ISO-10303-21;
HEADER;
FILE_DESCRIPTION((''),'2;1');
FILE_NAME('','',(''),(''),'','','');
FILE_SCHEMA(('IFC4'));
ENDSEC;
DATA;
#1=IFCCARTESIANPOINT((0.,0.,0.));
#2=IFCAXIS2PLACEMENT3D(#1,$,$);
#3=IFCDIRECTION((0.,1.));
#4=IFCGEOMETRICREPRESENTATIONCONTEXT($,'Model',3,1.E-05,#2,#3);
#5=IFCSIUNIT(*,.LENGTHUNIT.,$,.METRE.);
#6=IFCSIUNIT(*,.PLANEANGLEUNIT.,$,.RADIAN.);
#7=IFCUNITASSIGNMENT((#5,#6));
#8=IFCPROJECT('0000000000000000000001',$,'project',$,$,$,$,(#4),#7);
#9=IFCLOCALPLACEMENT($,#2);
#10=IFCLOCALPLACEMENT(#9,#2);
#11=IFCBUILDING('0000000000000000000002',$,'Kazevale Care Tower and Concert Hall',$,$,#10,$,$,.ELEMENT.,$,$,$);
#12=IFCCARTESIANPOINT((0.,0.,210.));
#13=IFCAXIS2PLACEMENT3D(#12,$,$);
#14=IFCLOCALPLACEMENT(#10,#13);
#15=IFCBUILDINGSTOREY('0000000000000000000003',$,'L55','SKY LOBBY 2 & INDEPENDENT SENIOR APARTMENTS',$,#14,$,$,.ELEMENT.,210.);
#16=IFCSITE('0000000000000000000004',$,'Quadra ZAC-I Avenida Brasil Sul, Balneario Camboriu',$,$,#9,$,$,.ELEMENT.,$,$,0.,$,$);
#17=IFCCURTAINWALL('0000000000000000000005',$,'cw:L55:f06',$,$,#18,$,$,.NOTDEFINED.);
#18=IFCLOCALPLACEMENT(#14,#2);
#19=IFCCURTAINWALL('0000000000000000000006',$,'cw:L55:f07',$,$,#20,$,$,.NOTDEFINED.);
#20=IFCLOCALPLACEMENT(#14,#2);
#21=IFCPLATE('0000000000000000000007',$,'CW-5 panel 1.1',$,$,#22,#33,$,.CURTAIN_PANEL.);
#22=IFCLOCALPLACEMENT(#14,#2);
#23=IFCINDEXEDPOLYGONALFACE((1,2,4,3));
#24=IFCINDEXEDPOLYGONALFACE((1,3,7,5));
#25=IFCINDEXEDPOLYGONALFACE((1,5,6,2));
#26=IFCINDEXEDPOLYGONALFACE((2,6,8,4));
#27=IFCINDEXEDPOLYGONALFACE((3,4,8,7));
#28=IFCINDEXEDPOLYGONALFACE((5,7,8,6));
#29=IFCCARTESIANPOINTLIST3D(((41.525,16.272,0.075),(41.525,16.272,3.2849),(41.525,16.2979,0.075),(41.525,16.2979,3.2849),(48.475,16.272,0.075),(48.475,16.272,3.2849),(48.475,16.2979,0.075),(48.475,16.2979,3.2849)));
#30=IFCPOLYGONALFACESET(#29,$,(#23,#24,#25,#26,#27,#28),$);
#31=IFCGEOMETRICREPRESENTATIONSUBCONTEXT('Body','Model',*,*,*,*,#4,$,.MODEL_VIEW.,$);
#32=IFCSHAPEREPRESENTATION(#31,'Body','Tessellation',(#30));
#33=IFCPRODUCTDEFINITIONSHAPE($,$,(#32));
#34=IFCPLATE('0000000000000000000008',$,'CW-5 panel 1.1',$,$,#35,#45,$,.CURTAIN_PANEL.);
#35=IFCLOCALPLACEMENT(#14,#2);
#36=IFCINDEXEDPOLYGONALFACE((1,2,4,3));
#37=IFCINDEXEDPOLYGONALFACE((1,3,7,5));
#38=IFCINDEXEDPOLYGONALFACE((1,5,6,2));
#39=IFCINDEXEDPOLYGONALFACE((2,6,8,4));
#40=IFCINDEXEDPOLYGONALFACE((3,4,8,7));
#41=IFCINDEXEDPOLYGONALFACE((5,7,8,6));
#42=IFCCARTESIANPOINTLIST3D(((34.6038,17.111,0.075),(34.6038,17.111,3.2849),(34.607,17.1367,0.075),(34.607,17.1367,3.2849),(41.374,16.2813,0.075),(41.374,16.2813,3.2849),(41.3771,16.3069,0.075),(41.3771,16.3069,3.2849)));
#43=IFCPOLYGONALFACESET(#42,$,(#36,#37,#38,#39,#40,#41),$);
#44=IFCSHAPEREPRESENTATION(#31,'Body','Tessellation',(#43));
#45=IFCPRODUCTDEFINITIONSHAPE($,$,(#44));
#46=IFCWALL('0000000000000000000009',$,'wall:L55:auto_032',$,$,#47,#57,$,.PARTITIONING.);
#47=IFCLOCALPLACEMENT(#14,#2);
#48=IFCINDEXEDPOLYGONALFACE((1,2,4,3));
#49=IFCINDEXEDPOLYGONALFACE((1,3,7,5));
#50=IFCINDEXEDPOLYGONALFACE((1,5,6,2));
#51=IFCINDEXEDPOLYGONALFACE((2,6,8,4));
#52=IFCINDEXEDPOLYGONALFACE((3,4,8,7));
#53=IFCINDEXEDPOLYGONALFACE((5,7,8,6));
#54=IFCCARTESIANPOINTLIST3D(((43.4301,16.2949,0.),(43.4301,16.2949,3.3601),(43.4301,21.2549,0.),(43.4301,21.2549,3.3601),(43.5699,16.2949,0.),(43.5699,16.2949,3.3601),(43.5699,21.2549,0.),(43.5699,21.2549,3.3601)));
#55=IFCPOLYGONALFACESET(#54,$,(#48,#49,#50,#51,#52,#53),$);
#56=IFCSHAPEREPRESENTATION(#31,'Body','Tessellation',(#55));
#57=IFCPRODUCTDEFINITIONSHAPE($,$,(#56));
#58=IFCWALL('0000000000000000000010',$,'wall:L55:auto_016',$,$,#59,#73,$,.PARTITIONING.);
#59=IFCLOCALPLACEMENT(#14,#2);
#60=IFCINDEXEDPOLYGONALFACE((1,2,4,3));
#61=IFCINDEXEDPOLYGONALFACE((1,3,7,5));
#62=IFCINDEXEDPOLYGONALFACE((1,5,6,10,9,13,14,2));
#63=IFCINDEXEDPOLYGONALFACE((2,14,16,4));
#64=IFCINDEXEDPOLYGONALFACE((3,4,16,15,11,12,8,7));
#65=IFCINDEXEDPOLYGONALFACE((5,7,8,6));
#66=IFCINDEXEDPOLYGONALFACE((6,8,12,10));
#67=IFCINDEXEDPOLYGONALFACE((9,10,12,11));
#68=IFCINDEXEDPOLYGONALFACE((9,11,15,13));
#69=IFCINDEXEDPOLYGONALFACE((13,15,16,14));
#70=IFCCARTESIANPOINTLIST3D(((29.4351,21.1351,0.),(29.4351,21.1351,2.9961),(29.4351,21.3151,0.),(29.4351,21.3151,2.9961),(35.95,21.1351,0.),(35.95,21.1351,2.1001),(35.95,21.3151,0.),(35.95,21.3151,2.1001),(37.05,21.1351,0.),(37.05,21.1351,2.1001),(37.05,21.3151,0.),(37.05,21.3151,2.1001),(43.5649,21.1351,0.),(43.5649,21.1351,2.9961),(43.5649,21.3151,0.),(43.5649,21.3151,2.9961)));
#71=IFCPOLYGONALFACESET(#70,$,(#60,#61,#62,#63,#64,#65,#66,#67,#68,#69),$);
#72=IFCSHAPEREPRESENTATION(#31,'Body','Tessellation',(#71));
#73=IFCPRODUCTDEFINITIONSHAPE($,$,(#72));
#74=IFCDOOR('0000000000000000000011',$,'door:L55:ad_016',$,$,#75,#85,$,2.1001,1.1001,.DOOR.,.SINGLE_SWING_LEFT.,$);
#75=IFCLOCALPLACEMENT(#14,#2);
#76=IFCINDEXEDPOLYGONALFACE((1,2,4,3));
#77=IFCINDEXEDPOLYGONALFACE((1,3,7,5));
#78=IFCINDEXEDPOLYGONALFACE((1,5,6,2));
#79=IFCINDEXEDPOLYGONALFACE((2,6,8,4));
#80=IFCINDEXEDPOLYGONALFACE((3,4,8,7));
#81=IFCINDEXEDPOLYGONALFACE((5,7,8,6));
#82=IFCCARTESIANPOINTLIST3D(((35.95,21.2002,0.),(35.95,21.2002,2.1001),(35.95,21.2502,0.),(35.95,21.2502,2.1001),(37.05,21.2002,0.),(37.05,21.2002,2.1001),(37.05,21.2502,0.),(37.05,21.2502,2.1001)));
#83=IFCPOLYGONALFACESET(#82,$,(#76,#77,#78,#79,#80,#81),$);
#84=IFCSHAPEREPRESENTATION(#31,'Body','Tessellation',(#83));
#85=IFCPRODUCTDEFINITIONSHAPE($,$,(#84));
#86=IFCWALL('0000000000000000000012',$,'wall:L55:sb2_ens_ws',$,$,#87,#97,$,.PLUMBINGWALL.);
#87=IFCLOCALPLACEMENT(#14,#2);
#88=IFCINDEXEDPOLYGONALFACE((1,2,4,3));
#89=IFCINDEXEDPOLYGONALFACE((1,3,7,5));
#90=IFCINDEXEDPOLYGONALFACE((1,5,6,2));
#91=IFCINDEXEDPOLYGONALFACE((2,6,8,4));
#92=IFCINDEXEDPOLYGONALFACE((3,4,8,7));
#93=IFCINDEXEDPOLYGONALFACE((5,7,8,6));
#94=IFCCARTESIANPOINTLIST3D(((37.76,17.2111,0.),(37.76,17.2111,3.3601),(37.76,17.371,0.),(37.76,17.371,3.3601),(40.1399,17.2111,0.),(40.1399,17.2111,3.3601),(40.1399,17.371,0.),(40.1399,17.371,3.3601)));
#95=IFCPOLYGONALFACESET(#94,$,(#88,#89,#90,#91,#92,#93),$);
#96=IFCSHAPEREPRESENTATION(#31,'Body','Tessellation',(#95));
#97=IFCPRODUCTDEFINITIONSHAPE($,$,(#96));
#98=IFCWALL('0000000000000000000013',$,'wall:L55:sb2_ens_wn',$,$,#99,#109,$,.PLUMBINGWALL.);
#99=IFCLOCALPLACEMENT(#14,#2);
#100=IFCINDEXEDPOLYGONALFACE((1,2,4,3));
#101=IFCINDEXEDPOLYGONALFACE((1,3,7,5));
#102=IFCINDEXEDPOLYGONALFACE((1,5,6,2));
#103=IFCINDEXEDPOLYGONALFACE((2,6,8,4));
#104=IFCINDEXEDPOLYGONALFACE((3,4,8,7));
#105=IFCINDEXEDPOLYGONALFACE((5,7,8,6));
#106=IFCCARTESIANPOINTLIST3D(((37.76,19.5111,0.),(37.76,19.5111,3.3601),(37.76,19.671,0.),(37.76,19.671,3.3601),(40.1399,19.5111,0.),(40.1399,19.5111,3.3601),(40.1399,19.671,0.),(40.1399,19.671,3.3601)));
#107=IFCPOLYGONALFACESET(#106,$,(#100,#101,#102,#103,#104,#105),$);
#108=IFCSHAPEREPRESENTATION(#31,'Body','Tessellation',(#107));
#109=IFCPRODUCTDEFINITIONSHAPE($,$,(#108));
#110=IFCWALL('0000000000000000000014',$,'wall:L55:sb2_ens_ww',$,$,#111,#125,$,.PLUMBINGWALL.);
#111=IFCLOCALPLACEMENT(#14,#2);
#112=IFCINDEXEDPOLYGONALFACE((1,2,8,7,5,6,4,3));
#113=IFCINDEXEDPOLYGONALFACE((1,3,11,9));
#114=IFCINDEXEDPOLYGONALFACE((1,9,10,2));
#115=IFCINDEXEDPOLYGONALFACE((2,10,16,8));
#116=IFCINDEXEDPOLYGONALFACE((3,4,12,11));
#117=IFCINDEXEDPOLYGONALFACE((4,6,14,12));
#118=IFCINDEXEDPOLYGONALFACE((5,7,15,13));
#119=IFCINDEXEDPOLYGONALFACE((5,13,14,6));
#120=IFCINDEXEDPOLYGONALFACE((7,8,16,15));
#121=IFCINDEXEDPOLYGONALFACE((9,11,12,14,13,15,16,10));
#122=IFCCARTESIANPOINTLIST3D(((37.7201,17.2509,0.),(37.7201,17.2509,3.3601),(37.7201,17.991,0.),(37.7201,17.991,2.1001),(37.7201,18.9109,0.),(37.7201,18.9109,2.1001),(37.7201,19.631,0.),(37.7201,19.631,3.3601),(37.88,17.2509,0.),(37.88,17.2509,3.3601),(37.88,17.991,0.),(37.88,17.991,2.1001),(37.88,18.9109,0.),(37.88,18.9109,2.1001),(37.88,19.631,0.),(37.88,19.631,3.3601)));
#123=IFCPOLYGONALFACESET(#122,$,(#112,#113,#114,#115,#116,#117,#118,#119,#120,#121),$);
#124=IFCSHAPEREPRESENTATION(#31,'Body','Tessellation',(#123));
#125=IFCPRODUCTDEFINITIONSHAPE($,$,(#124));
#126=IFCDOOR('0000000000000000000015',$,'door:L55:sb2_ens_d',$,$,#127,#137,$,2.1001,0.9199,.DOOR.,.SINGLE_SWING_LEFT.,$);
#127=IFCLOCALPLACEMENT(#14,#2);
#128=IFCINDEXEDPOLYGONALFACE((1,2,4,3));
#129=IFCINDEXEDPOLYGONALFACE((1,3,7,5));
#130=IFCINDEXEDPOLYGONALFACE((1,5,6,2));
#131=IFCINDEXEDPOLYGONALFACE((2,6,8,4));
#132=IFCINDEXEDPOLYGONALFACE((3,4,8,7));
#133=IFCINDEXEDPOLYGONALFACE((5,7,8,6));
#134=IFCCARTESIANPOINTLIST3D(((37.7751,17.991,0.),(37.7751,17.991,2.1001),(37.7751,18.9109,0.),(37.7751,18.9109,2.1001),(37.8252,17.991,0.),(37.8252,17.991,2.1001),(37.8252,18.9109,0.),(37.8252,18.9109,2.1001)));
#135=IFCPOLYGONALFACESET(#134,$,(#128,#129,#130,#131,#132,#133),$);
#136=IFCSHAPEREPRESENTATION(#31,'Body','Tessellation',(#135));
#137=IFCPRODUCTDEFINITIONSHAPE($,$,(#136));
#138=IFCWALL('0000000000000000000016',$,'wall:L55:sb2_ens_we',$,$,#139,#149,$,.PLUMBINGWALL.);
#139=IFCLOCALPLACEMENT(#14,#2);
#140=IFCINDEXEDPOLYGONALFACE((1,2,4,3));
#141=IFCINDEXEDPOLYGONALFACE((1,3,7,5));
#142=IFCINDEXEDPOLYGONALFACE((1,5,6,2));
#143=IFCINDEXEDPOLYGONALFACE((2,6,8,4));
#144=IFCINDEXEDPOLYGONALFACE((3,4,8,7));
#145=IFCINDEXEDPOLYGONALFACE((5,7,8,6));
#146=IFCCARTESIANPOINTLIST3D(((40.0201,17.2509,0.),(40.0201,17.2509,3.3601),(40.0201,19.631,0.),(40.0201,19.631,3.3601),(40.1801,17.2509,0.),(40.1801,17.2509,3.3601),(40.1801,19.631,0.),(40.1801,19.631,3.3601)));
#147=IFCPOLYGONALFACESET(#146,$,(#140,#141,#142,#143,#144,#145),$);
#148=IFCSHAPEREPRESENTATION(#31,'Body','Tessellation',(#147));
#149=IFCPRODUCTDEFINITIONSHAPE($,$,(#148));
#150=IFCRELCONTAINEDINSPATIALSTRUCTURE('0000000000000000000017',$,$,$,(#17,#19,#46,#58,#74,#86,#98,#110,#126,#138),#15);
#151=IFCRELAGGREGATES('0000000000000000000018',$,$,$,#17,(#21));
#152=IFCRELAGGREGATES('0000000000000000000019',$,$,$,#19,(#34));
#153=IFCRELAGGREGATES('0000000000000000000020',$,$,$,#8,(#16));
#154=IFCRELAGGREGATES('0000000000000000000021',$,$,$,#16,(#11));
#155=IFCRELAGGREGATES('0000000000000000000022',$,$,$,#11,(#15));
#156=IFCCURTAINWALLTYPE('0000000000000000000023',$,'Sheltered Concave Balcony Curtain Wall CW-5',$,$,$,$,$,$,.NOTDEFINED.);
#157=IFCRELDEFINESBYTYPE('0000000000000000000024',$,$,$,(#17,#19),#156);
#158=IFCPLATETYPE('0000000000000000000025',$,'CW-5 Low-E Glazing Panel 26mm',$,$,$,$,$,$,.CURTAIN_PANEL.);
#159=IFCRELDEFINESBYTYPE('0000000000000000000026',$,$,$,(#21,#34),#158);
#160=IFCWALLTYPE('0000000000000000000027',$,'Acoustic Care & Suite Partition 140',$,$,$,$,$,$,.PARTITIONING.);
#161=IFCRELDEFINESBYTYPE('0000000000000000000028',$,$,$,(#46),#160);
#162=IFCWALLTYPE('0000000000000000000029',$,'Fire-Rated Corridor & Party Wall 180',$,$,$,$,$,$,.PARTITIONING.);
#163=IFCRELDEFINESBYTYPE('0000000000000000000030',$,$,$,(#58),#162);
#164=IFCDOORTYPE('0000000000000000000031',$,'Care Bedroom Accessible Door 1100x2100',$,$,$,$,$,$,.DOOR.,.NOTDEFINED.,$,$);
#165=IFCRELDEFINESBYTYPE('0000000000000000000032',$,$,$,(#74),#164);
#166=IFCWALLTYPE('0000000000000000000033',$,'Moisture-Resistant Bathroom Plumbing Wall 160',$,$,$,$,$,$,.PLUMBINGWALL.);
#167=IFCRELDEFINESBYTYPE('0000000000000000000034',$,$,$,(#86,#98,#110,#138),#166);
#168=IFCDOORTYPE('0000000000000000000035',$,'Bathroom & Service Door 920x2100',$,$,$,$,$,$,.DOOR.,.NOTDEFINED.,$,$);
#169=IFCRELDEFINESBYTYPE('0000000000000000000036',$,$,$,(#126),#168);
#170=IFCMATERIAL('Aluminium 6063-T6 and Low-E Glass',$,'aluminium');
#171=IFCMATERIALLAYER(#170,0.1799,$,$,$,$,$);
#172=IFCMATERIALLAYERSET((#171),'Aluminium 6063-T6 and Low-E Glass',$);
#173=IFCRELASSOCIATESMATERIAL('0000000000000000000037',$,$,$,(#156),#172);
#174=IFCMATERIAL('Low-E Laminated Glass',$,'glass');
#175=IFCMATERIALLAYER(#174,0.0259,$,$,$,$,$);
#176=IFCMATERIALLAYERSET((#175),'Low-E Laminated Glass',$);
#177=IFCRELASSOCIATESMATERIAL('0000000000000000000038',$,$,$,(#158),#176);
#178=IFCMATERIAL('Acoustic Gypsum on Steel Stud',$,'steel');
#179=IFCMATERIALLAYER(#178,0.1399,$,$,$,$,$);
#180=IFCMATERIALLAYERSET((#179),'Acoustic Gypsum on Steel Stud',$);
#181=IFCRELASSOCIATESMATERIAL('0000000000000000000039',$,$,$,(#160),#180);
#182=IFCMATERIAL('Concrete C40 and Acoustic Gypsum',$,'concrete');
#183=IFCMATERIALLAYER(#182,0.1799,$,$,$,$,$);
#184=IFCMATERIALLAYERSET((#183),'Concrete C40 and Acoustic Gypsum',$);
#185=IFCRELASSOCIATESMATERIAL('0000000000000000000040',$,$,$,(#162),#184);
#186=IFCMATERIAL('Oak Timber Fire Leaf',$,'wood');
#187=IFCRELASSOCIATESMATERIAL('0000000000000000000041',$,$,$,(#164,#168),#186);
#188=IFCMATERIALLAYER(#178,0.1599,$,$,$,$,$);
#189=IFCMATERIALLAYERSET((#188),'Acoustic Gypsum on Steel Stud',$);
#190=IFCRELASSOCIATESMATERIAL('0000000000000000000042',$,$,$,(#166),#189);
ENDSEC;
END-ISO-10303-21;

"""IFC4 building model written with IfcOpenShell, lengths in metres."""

from ifc_helpers import new_model, si_unit, direction, frame, frame_2d, origin, origin_2d, place, context, subcontext, project, spatial, rectangle, extrude, material, layer, layer_set, type_object, element, fill, aggregate, save


model = new_model("IFC4")

# Units and contexts
model_context = context("Model", 3, precision=1e-05, world=origin(), true_north=direction((0.0, 1.0)))
body_context = subcontext(model_context, "Body", "Model", "MODEL_VIEW")
ifc_project = project(units=[si_unit("LENGTHUNIT", "METRE"), si_unit("PLANEANGLEUNIT", "RADIAN")], contexts=[model_context])

# Site, building, storey
site_placement = place(None, origin())
site = spatial("IfcSite", under=ifc_project, at=site_placement, Name="Quadra ZAC-I Avenida Brasil Sul, Balneario Camboriu", CompositionType="ELEMENT", RefElevation=0.0)
building_placement = place(site_placement, origin())
building = spatial("IfcBuilding", under=site, at=building_placement, Name="Kazevale Care Tower and Concert Hall", CompositionType="ELEMENT")
storey_placement = place(building_placement, frame((0.0, 0.0, 210.0)))
storey = spatial("IfcBuildingStorey", under=building, at=storey_placement, Name="L55", Description="SKY LOBBY 2 & INDEPENDENT SENIOR APARTMENTS", CompositionType="ELEMENT", Elevation=210.0)

# Curtain wall
ifc_material_1 = material(Name="Aluminium 6063-T6 and Low-E Glass", Category="aluminium")
ifc_layer_1 = layer(ifc_material_1, 0.1799)
ifc_layer_set_1 = layer_set([ifc_layer_1], Name="Aluminium 6063-T6 and Low-E Glass")
curtain_wall_type = type_object("IfcCurtainWallType", Name="Sheltered Concave Balcony Curtain Wall CW-5", PredefinedType="NOTDEFINED", material=ifc_layer_set_1)
curtain_wall_1_placement = place(storey_placement, origin())
curtain_wall_1 = element("IfcCurtainWall", 1, at=curtain_wall_1_placement, inside=storey, type_object=curtain_wall_type, Name="cw:L55:f06", PredefinedType="NOTDEFINED")

# Curtain wall
curtain_wall_2_placement = place(storey_placement, origin())
curtain_wall_2 = element("IfcCurtainWall", 2, at=curtain_wall_2_placement, inside=storey, type_object=curtain_wall_type, Name="cw:L55:f07", PredefinedType="NOTDEFINED")

# Plates
ifc_material_2 = material(Name="Low-E Laminated Glass", Category="glass")
ifc_layer_2 = layer(ifc_material_2, 0.0259)
ifc_layer_set_2 = layer_set([ifc_layer_2], Name="Low-E Laminated Glass")
plate_type = type_object("IfcPlateType", Name="CW-5 Low-E Glazing Panel 26mm", PredefinedType="CURTAIN_PANEL", material=ifc_layer_set_2)
plate_1_placement = place(storey_placement, frame((45.0, 16.2849, 0.075), z_axis=(0.0, 0.0, 1.0), x_axis=(-1.0, 0.0, 0.0)))
plate_1 = element("IfcPlate", 3, at=plate_1_placement, type_object=plate_type, Name="CW-5 panel 1.1", PredefinedType="CURTAIN_PANEL", context=body_context, shape_type="SweptSolid", body=[
    extrude(rectangle(XDim=6.95, YDim=0.0259, at=origin_2d()), origin(), (0.0, 0.0, 1.0), 3.21),
])
aggregate(curtain_wall_1, [plate_1])
plate_2_placement = place(storey_placement, frame((37.9905, 16.709, 0.075), z_axis=(0.0, 0.0, 1.0), x_axis=(-0.992573, 0.121651, 0.0)))
plate_2 = element("IfcPlate", 4, at=plate_2_placement, type_object=plate_type, Name="CW-5 panel 1.1", PredefinedType="CURTAIN_PANEL", context=body_context, shape_type="SweptSolid", body=[
    extrude(rectangle(XDim=6.8208, YDim=0.0259, at=origin_2d()), origin(), (0.0, 0.0, 1.0), 3.21),
])
aggregate(curtain_wall_2, [plate_2])

# Wall
ifc_material_3 = material(Name="Acoustic Gypsum on Steel Stud", Category="steel")
ifc_layer_3 = layer(ifc_material_3, 0.1399)
ifc_layer_set_3 = layer_set([ifc_layer_3], Name="Acoustic Gypsum on Steel Stud")
wall_type_1 = type_object("IfcWallType", Name="Acoustic Care & Suite Partition 140", PredefinedType="PARTITIONING", material=ifc_layer_set_3)
wall_1_placement = place(storey_placement, frame((43.5, 21.2549, 0.0), z_axis=(0.0, 0.0, 1.0), x_axis=(0.0, -1.0, 0.0)))
element("IfcWall", 5, at=wall_1_placement, inside=storey, type_object=wall_type_1, Name="wall:L55:auto_032", PredefinedType="PARTITIONING", context=body_context, shape_type="SweptSolid", body=[
    extrude(rectangle(XDim=4.96, YDim=0.1399, at=frame_2d((2.48, 0.0))), origin(), (0.0, 0.0, 1.0), 3.3601),
])

# Wall, opening, door
ifc_material_4 = material(Name="Concrete C40 and Acoustic Gypsum", Category="concrete")
ifc_layer_4 = layer(ifc_material_4, 0.1799)
ifc_layer_set_4 = layer_set([ifc_layer_4], Name="Concrete C40 and Acoustic Gypsum")
wall_type_2 = type_object("IfcWallType", Name="Fire-Rated Corridor & Party Wall 180", PredefinedType="PARTITIONING", material=ifc_layer_set_4)
wall_2_placement = place(storey_placement, frame((43.5649, 21.2251, 0.0), z_axis=(0.0, 0.0, 1.0), x_axis=(-1.0, 0.0, 0.0)))
wall_2 = element("IfcWall", 6, at=wall_2_placement, inside=storey, type_object=wall_type_2, Name="wall:L55:auto_016", PredefinedType="PARTITIONING", context=body_context, shape_type="SweptSolid", body=[
    extrude(rectangle(XDim=14.1299, YDim=0.1799, at=frame_2d((7.0649, 0.0))), origin(), (0.0, 0.0, 1.0), 2.9961),
])
opening_1_placement = place(wall_2_placement, frame((6.5149, 0.0, 0.0)))
opening_1 = element("IfcOpeningElement", 7, at=opening_1_placement, cuts=wall_2, PredefinedType="OPENING", context=body_context, shape_type="SweptSolid", body=[
    extrude(rectangle(XDim=1.1001, YDim=2.1001, at=frame_2d((0.55, 1.05))), frame((0.0, 0.0999, 0.0), z_axis=(0.0, -1.0, 0.0), x_axis=(1.0, 0.0, 0.0)), (0.0, 0.0, 1.0), 0.2),
])
ifc_material_5 = material(Name="Oak Timber Fire Leaf", Category="wood")
door_type_1 = type_object("IfcDoorType", Name="Care Bedroom Accessible Door 1100x2100", OperationType="NOTDEFINED", PredefinedType="DOOR", material=ifc_material_5)
door_1_placement = place(opening_1_placement, origin())
door_1 = element("IfcDoor", 8, at=door_1_placement, inside=storey, type_object=door_type_1, Name="door:L55:ad_016", OperationType="SINGLE_SWING_LEFT", OverallHeight=2.1001, OverallWidth=1.1001, PredefinedType="DOOR", context=body_context, shape_type="SweptSolid", body=[
    extrude(rectangle(XDim=1.1001, YDim=2.1001, at=frame_2d((0.55, 1.05))), frame((0.0, 0.0249, 0.0), z_axis=(0.0, -1.0, 0.0), x_axis=(1.0, 0.0, 0.0)), (0.0, 0.0, 1.0), 0.05),
])
fill(opening_1, door_1)

# Walls
ifc_layer_5 = layer(ifc_material_3, 0.1599)
ifc_layer_set_5 = layer_set([ifc_layer_5], Name="Acoustic Gypsum on Steel Stud")
wall_type_3 = type_object("IfcWallType", Name="Moisture-Resistant Bathroom Plumbing Wall 160", PredefinedType="PLUMBINGWALL", material=ifc_layer_set_5)
for number, where, z_axis, x_axis, name in (
    (9, (37.76, 17.291, 0.0), (0.0, 0.0, 1.0), (1.0, 0.0, 0.0), "wall:L55:sb2_ens_ws"),
    (10, (37.76, 19.5911, 0.0), (0.0, 0.0, 1.0), (1.0, 0.0, 0.0), "wall:L55:sb2_ens_wn"),
):
    element("IfcWall", number, at=place(storey_placement, frame(where, z_axis=z_axis, x_axis=x_axis)), inside=storey, type_object=wall_type_3, Name=name, PredefinedType="PLUMBINGWALL", context=body_context, shape_type="SweptSolid", body=[
        extrude(rectangle(XDim=2.3799, YDim=0.1599, at=frame_2d((1.1899, 0.0))), origin(), (0.0, 0.0, 1.0), 3.3601),
    ])

# Wall, opening, door
wall_3_placement = place(storey_placement, frame((37.8, 17.251, 0.0), z_axis=(0.0, 0.0, 1.0), x_axis=(0.0, 1.0, 0.0)))
wall_3 = element("IfcWall", 11, at=wall_3_placement, inside=storey, type_object=wall_type_3, Name="wall:L55:sb2_ens_ww", PredefinedType="PLUMBINGWALL", context=body_context, shape_type="SweptSolid", body=[
    extrude(rectangle(XDim=2.3801, YDim=0.1599, at=frame_2d((1.1899, 0.0))), origin(), (0.0, 0.0, 1.0), 3.3601),
])
opening_2_placement = place(wall_3_placement, frame((0.74, 0.0, 0.0)))
opening_2 = element("IfcOpeningElement", 12, at=opening_2_placement, cuts=wall_3, PredefinedType="OPENING", context=body_context, shape_type="SweptSolid", body=[
    extrude(rectangle(XDim=0.9199, YDim=2.1001, at=frame_2d((0.46, 1.05))), frame((0.0, 0.0898, 0.0), z_axis=(0.0, -1.0, 0.0), x_axis=(1.0, 0.0, 0.0)), (0.0, 0.0, 1.0), 0.1799),
])
door_type_2 = type_object("IfcDoorType", Name="Bathroom & Service Door 920x2100", OperationType="NOTDEFINED", PredefinedType="DOOR", material=ifc_material_5)
door_2_placement = place(opening_2_placement, origin())
door_2 = element("IfcDoor", 13, at=door_2_placement, inside=storey, type_object=door_type_2, Name="door:L55:sb2_ens_d", OperationType="SINGLE_SWING_LEFT", OverallHeight=2.1001, OverallWidth=0.9199, PredefinedType="DOOR", context=body_context, shape_type="SweptSolid", body=[
    extrude(rectangle(XDim=0.9199, YDim=2.1001, at=frame_2d((0.46, 1.05))), frame((0.0, 0.0249, 0.0), z_axis=(0.0, -1.0, 0.0), x_axis=(1.0, 0.0, 0.0)), (0.0, 0.0, 1.0), 0.05),
])
fill(opening_2, door_2)

# Wall
wall_4_placement = place(storey_placement, frame((40.1001, 17.251, 0.0), z_axis=(0.0, 0.0, 1.0), x_axis=(0.0, 1.0, 0.0)))
element("IfcWall", 14, at=wall_4_placement, inside=storey, type_object=wall_type_3, Name="wall:L55:sb2_ens_we", PredefinedType="PLUMBINGWALL", context=body_context, shape_type="SweptSolid", body=[
    extrude(rectangle(XDim=2.3801, YDim=0.1599, at=frame_2d((1.1899, 0.0))), origin(), (0.0, 0.0, 1.0), 3.3601),
])

save(model, "model.ifc")
